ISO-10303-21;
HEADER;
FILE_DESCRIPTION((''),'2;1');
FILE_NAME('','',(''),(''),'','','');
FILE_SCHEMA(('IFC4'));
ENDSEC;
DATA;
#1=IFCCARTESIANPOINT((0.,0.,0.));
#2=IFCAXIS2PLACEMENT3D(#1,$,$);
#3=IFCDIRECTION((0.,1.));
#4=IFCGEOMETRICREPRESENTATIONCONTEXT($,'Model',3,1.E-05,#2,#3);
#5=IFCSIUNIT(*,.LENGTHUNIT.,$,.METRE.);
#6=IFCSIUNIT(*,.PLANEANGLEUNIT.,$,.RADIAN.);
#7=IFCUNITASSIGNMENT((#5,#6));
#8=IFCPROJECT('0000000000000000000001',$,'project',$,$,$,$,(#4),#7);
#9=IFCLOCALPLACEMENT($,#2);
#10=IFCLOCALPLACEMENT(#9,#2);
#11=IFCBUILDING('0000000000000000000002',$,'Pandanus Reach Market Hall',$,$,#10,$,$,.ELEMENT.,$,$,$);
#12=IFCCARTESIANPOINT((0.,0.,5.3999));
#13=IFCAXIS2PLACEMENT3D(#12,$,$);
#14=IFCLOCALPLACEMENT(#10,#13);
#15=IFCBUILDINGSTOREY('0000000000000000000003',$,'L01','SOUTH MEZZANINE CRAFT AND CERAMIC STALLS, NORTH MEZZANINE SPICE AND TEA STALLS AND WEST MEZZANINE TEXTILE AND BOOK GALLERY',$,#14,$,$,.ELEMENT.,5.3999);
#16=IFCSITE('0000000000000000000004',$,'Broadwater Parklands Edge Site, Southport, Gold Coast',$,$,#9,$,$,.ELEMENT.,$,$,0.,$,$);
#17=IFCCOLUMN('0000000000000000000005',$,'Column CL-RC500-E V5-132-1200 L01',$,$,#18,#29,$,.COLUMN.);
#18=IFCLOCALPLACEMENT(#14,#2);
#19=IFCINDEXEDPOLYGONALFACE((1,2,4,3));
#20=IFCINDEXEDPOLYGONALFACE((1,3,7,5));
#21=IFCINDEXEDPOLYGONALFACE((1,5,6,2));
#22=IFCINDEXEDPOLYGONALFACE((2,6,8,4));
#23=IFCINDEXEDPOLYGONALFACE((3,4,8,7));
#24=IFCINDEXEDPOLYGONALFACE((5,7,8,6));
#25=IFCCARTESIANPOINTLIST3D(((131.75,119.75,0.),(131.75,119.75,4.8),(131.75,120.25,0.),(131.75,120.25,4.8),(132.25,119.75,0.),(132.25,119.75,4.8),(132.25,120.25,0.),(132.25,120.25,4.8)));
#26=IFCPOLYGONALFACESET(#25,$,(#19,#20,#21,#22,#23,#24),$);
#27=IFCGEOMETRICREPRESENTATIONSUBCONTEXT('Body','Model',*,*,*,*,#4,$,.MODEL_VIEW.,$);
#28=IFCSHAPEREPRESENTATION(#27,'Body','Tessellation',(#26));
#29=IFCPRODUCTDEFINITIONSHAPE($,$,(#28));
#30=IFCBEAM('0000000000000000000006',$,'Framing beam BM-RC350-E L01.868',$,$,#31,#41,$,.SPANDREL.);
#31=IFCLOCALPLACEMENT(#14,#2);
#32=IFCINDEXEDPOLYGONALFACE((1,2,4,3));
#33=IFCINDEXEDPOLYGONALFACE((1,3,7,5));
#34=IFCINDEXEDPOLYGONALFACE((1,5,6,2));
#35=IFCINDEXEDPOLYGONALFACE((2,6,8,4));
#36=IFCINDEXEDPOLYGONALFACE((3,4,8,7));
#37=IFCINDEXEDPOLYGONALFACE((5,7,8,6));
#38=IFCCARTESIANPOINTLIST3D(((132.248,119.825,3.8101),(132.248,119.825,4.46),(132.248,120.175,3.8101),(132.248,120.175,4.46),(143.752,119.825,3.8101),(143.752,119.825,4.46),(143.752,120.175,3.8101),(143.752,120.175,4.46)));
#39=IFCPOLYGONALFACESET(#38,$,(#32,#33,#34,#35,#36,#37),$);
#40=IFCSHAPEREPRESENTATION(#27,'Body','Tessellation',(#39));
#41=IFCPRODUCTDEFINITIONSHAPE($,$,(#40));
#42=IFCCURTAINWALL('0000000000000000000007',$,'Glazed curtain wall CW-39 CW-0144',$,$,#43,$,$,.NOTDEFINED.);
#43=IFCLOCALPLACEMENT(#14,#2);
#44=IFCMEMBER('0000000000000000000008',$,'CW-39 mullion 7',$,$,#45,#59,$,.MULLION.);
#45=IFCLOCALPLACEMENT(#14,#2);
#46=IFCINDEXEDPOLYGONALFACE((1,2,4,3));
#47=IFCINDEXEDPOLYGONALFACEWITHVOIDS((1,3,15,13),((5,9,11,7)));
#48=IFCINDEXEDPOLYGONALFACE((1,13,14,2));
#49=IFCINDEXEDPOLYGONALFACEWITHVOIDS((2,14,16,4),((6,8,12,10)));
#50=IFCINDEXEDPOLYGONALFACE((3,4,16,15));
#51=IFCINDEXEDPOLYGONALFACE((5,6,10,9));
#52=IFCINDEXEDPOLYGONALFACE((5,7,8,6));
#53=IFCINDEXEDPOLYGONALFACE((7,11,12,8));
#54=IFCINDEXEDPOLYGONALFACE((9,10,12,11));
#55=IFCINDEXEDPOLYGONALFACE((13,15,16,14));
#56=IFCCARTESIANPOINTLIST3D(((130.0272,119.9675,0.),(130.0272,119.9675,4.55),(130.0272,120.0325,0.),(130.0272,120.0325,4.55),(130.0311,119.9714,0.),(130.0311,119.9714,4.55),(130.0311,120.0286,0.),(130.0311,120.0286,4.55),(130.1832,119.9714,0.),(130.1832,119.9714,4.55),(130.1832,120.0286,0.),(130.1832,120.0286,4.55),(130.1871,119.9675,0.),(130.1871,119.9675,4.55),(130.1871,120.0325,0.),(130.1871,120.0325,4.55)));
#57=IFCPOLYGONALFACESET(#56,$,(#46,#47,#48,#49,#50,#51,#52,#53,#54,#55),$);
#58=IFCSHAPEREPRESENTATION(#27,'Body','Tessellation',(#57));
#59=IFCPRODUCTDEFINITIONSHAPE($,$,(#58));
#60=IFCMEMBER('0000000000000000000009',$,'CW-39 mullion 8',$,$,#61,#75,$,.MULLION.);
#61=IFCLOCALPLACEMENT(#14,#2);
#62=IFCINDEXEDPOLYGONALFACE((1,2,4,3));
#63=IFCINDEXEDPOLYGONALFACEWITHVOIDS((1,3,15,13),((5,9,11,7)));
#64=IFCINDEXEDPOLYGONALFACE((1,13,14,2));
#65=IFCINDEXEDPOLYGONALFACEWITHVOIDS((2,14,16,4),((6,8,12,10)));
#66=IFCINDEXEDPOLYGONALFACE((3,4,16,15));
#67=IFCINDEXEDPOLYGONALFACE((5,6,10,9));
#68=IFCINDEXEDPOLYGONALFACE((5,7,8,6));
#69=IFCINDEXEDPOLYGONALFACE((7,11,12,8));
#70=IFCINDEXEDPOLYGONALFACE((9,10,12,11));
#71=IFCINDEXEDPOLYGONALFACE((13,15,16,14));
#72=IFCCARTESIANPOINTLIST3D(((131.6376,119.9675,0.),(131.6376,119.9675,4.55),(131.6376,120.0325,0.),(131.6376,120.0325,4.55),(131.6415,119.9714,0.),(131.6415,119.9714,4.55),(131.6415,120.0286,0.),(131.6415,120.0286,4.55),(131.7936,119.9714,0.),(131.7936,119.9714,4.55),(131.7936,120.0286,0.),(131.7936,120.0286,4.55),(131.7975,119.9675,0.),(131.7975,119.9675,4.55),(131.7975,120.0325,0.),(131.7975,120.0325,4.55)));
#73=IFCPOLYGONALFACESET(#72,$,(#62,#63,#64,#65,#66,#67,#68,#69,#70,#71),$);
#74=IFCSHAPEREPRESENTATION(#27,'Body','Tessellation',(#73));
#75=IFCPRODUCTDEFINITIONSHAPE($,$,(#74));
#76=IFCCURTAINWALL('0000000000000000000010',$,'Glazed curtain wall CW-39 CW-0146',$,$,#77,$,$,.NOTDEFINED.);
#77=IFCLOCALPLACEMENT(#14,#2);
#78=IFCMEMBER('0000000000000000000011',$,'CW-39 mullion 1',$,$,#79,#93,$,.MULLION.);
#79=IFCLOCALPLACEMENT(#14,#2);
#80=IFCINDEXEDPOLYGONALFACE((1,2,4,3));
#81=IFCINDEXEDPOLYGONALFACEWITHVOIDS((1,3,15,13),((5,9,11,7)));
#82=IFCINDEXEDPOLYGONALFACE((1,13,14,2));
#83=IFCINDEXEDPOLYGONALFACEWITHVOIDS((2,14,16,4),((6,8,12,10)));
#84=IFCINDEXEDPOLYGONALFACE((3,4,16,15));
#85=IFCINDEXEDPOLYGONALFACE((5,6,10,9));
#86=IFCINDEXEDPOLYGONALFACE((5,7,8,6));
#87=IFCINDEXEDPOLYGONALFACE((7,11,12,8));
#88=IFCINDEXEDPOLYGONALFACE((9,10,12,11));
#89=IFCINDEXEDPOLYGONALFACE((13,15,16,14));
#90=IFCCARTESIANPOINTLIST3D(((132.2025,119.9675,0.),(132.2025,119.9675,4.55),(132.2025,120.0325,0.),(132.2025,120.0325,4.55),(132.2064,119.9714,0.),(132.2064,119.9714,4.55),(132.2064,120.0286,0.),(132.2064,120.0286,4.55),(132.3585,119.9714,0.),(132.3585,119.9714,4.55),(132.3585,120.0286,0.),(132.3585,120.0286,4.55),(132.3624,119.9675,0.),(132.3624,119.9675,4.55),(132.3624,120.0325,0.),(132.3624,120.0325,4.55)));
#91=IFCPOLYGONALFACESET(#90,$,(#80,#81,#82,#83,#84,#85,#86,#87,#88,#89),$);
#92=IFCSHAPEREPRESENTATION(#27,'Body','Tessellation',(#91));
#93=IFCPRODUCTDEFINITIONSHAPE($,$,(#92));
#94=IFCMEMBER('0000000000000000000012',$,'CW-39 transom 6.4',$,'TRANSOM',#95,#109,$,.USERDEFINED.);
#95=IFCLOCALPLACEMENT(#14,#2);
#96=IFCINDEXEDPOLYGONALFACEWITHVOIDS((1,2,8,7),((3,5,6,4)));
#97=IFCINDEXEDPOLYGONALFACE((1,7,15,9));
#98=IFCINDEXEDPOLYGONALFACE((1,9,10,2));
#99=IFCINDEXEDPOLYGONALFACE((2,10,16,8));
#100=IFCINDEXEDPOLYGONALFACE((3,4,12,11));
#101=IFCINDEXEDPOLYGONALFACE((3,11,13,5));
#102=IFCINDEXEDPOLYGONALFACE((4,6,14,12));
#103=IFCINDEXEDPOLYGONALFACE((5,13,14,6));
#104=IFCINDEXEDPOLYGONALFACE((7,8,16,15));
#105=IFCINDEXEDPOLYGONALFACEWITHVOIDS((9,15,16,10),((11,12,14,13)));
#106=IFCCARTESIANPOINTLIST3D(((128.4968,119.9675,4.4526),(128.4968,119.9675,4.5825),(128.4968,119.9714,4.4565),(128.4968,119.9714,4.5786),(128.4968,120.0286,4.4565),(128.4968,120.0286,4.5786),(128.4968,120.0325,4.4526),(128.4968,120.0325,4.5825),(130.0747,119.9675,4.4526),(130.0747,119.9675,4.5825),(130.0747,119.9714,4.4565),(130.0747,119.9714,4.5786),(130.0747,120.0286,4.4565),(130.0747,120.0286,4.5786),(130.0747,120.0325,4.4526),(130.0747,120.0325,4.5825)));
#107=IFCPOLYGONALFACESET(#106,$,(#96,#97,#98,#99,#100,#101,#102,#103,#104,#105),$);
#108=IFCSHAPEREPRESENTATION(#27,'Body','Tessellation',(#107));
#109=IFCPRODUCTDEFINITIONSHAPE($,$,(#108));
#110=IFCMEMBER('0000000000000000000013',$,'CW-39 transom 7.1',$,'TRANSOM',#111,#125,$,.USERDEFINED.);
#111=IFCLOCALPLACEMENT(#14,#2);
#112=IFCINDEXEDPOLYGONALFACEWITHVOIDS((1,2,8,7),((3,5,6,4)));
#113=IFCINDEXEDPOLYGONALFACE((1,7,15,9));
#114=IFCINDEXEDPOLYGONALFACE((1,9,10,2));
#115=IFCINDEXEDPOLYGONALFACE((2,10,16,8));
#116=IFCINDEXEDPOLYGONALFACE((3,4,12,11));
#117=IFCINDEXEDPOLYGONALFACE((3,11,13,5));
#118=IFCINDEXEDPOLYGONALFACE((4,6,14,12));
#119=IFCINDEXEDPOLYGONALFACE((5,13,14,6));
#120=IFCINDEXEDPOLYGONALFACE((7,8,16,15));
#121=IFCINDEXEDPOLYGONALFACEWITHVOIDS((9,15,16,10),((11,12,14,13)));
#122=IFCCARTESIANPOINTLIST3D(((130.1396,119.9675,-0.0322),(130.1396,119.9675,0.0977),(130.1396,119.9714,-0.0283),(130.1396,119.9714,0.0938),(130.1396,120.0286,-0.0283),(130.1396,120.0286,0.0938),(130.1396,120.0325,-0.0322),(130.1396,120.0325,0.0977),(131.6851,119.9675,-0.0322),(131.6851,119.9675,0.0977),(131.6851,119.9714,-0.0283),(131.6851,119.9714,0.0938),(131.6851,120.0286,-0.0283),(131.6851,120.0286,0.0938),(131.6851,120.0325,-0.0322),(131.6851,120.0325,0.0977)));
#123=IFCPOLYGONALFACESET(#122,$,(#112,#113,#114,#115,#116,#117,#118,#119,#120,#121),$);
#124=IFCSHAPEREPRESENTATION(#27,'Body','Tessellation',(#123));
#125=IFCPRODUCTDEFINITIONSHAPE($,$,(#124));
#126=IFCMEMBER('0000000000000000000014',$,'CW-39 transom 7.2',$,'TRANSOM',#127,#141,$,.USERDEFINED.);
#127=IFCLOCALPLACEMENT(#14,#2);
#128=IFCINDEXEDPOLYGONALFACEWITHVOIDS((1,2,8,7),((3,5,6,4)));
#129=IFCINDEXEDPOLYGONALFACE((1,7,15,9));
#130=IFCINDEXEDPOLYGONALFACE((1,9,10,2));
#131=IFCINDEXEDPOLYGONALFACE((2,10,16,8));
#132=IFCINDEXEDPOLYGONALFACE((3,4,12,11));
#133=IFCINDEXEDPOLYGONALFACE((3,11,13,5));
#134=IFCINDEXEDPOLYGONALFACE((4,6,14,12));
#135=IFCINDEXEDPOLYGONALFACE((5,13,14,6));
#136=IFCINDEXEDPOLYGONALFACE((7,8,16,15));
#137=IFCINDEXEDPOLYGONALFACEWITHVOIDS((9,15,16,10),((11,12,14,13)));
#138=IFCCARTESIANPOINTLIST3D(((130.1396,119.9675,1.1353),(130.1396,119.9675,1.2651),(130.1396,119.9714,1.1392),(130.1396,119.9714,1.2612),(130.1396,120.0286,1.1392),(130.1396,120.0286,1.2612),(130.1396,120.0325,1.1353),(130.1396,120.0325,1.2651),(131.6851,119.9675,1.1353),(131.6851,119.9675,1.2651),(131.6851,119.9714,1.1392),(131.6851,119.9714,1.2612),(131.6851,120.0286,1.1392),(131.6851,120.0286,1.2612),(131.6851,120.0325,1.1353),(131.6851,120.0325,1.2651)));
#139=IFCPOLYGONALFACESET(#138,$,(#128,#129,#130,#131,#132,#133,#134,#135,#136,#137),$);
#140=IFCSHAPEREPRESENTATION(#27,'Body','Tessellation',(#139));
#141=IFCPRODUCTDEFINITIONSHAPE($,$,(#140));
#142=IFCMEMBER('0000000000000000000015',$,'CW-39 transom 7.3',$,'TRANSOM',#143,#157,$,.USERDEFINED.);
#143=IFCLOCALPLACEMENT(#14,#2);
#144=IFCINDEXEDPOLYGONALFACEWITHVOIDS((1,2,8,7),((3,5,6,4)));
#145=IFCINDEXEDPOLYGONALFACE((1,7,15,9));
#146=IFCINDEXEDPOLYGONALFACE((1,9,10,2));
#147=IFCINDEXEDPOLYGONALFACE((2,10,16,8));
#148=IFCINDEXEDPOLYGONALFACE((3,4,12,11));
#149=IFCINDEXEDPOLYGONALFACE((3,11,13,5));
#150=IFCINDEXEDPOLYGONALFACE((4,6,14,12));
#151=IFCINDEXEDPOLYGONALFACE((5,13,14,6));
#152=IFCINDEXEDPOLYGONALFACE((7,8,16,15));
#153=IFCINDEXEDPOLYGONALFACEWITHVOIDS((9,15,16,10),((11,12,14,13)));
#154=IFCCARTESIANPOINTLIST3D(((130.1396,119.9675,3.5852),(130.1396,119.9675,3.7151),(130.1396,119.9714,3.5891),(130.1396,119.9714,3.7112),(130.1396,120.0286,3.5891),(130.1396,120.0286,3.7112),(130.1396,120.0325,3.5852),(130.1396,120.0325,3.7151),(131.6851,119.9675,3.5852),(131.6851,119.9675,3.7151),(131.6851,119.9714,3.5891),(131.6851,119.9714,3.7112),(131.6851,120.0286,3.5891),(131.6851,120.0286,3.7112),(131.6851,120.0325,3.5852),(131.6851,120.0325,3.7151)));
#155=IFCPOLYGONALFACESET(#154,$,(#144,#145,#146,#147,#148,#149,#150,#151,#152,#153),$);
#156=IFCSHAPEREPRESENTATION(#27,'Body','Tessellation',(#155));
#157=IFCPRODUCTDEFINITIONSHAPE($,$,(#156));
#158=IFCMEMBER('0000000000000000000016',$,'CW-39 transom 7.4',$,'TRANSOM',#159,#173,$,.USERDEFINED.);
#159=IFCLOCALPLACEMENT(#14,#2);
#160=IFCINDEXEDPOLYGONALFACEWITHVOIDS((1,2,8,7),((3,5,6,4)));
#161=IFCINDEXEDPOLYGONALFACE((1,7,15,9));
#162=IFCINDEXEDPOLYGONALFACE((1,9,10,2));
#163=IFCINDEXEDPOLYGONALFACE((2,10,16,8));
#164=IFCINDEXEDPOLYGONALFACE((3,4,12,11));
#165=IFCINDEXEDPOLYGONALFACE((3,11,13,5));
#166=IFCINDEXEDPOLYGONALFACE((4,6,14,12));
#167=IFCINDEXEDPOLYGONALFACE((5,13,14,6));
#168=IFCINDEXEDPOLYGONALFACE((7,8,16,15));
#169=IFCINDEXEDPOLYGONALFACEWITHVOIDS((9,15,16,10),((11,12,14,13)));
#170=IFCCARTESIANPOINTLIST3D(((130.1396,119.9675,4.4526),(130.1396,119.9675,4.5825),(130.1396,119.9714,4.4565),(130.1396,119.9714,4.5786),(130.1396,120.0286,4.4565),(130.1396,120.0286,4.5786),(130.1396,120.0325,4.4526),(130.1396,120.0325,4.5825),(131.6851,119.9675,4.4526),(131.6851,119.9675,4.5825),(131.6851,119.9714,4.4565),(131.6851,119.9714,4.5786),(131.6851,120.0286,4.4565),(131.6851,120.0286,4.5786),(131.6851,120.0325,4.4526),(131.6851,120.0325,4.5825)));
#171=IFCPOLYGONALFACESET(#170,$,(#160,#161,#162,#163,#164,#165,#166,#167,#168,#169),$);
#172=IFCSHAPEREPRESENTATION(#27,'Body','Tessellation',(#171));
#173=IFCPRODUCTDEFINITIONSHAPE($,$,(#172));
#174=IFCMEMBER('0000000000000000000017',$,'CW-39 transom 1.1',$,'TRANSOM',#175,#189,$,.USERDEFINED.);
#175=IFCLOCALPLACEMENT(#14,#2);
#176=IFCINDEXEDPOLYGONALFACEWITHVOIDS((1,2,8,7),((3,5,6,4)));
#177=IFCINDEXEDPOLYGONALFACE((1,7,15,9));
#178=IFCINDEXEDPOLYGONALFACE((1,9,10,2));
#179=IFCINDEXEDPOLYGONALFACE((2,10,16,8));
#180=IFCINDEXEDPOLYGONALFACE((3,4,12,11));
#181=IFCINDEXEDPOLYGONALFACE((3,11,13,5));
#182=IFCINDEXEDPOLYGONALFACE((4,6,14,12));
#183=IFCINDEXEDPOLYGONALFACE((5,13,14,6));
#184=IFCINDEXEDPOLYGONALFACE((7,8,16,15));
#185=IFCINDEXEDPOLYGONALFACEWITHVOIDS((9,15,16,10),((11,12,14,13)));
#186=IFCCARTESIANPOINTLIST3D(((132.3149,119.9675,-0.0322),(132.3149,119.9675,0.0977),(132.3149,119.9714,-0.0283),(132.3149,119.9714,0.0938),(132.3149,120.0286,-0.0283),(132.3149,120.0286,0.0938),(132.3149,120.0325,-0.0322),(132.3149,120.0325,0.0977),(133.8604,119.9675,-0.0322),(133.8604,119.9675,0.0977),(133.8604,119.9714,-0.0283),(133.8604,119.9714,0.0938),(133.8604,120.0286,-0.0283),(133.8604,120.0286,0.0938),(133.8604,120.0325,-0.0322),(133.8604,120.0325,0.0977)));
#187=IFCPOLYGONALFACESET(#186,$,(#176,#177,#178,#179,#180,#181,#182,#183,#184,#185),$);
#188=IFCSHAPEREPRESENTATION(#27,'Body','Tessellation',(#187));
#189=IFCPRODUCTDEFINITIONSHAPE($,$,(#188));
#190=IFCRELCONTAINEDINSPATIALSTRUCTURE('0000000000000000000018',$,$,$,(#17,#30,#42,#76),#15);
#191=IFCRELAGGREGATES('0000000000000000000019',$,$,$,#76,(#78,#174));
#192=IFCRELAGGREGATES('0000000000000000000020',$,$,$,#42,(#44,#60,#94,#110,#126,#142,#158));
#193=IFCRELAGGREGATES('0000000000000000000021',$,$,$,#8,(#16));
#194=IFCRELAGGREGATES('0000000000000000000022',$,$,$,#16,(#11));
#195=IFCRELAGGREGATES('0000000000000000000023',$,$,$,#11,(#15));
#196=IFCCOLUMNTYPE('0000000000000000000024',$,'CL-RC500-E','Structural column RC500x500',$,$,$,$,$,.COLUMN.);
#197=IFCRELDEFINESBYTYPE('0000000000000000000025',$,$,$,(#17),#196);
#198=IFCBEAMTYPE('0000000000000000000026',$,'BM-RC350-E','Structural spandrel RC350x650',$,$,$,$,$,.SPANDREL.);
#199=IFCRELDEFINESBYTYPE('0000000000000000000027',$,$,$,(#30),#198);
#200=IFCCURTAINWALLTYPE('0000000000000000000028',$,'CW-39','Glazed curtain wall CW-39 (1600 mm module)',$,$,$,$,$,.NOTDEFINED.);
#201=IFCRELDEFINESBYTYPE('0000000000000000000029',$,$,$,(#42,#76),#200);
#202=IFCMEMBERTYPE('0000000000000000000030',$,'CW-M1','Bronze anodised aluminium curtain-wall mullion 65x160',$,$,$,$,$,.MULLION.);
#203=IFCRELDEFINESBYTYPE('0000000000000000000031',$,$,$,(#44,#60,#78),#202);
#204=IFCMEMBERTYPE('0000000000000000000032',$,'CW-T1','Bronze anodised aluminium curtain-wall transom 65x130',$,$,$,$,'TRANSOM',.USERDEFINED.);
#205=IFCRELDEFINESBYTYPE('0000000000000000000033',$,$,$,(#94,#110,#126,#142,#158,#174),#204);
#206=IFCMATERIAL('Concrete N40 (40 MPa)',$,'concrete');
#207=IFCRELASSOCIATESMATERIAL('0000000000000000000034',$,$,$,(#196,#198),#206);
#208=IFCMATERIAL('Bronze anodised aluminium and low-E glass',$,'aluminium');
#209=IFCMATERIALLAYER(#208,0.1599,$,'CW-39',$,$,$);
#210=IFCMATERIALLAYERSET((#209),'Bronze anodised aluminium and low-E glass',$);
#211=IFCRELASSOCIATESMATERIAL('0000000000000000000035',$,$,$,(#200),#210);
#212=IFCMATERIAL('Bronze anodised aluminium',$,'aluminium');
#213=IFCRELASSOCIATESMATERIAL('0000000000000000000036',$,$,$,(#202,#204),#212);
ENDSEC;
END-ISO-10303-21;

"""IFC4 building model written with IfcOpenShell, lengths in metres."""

from ifc_helpers import new_model, si_unit, direction, frame, origin, origin_2d, place, context, subcontext, project, spatial, rectangle, hollow_rectangle, extrude, material, layer, layer_set, material_profile, profile_set, type_object, element, aggregate, save


model = new_model("IFC4")

# Units and contexts
model_context = context("Model", 3, precision=1e-05, world=origin(), true_north=direction((0.0, 1.0)))
body_context = subcontext(model_context, "Body", "Model", "MODEL_VIEW")
ifc_project = project(units=[si_unit("LENGTHUNIT", "METRE"), si_unit("PLANEANGLEUNIT", "RADIAN")], contexts=[model_context])

# Site, building, storey
site_placement = place(None, origin())
site = spatial("IfcSite", under=ifc_project, at=site_placement, Name="Broadwater Parklands Edge Site, Southport, Gold Coast", CompositionType="ELEMENT", RefElevation=0.0)
building_placement = place(site_placement, origin())
building = spatial("IfcBuilding", under=site, at=building_placement, Name="Pandanus Reach Market Hall", CompositionType="ELEMENT")
storey_placement = place(building_placement, frame((0.0, 0.0, 5.3999)))
storey = spatial("IfcBuildingStorey", under=building, at=storey_placement, Name="L01", Description="SOUTH MEZZANINE CRAFT AND CERAMIC STALLS, NORTH MEZZANINE SPICE AND TEA STALLS AND WEST MEZZANINE TEXTILE AND BOOK GALLERY", CompositionType="ELEMENT", Elevation=5.3999)

# Column
ifc_material_1 = material(Name="Concrete N40 (40 MPa)", Category="concrete")
ifc_material_profile_1 = material_profile(ifc_material_1, rectangle(XDim=0.5, YDim=0.5, at=origin_2d()), Name="RC500x500", Category="LoadBearing")
ifc_profile_set_1 = profile_set([ifc_material_profile_1], Name="Concrete N40 (40 MPa)")
column_type = type_object("IfcColumnType", Name="CL-RC500-E", Description="Structural column RC500x500", PredefinedType="COLUMN", material=ifc_profile_set_1)
column_placement = place(storey_placement, frame((132.0, 120.0, 0.0), z_axis=(0.0, 0.0, 1.0), x_axis=(1.0, 0.0, 0.0)))
element("IfcColumn", 1, at=column_placement, inside=storey, type_object=column_type, Name="Column CL-RC500-E V5-132-1200 L01", PredefinedType="COLUMN", context=body_context, shape_type="SweptSolid", body=[
    extrude(rectangle(XDim=0.5, YDim=0.5, at=origin_2d()), origin(), (0.0, 0.0, 1.0), 4.8),
])

# Beam
ifc_material_profile_2 = material_profile(ifc_material_1, rectangle(XDim=0.3501, YDim=0.6499, at=origin_2d()), Name="RC350x650", Category="LoadBearing")
ifc_profile_set_2 = profile_set([ifc_material_profile_2], Name="Concrete N40 (40 MPa)")
beam_type = type_object("IfcBeamType", Name="BM-RC350-E", Description="Structural spandrel RC350x650", PredefinedType="SPANDREL", material=ifc_profile_set_2)
beam_placement = place(storey_placement, frame((132.248, 120.0, 4.135), z_axis=(1.0, 0.0, 0.0), x_axis=(0.0, 1.0, 0.0)))
element("IfcBeam", 2, at=beam_placement, inside=storey, type_object=beam_type, Name="Framing beam BM-RC350-E L01.868", PredefinedType="SPANDREL", context=body_context, shape_type="SweptSolid", body=[
    extrude(rectangle(XDim=0.3501, YDim=0.6499, at=origin_2d()), origin(), (0.0, 0.0, 1.0), 11.5039),
])

# Curtain wall, members
ifc_material_2 = material(Name="Bronze anodised aluminium and low-E glass", Category="aluminium")
ifc_layer_1 = layer(ifc_material_2, 0.1599, Name="CW-39")
ifc_layer_set_1 = layer_set([ifc_layer_1], Name="Bronze anodised aluminium and low-E glass")
curtain_wall_type = type_object("IfcCurtainWallType", Name="CW-39", Description="Glazed curtain wall CW-39 (1600 mm module)", PredefinedType="NOTDEFINED", material=ifc_layer_set_1)
curtain_wall_1_placement = place(storey_placement, origin())
curtain_wall_1 = element("IfcCurtainWall", 3, at=curtain_wall_1_placement, inside=storey, type_object=curtain_wall_type, Name="Glazed curtain wall CW-39 CW-0144", PredefinedType="NOTDEFINED")
ifc_material_3 = material(Name="Bronze anodised aluminium", Category="aluminium")
ifc_material_profile_3 = material_profile(ifc_material_3, hollow_rectangle(XDim=0.0649, YDim=0.1599, WallThickness=0.0039, at=origin_2d()), Name="ALU65x160", Category="LoadBearing")
ifc_profile_set_3 = profile_set([ifc_material_profile_3], Name="Bronze anodised aluminium")
member_type_1 = type_object("IfcMemberType", Name="CW-M1", Description="Bronze anodised aluminium curtain-wall mullion 65x160", PredefinedType="MULLION", material=ifc_profile_set_3)
member_1_placement = place(storey_placement, frame((130.1072, 120.0, 0.0), z_axis=(0.0, 0.0, 1.0), x_axis=(0.0, 1.0, 0.0)))
member_1 = element("IfcMember", 4, at=member_1_placement, type_object=member_type_1, Name="CW-39 mullion 7", PredefinedType="MULLION", context=body_context, shape_type="SweptSolid", body=[
    extrude(hollow_rectangle(XDim=0.0649, YDim=0.1599, WallThickness=0.0039, at=origin_2d()), origin(), (0.0, 0.0, 1.0), 4.55),
])
member_2_placement = place(storey_placement, frame((131.7175, 120.0, 0.0), z_axis=(0.0, 0.0, 1.0), x_axis=(0.0, 1.0, 0.0)))
member_2 = element("IfcMember", 5, at=member_2_placement, type_object=member_type_1, Name="CW-39 mullion 8", PredefinedType="MULLION", context=body_context, shape_type="SweptSolid", body=[
    extrude(hollow_rectangle(XDim=0.0649, YDim=0.1599, WallThickness=0.0039, at=origin_2d()), origin(), (0.0, 0.0, 1.0), 4.55),
])

# Curtain wall, member
curtain_wall_2_placement = place(storey_placement, origin())
curtain_wall_2 = element("IfcCurtainWall", 6, at=curtain_wall_2_placement, inside=storey, type_object=curtain_wall_type, Name="Glazed curtain wall CW-39 CW-0146", PredefinedType="NOTDEFINED")
member_3_placement = place(storey_placement, frame((132.2825, 120.0, 0.0), z_axis=(0.0, 0.0, 1.0), x_axis=(0.0, 1.0, 0.0)))
member_3 = element("IfcMember", 7, at=member_3_placement, type_object=member_type_1, Name="CW-39 mullion 1", PredefinedType="MULLION", context=body_context, shape_type="SweptSolid", body=[
    extrude(hollow_rectangle(XDim=0.0649, YDim=0.1599, WallThickness=0.0039, at=origin_2d()), origin(), (0.0, 0.0, 1.0), 4.55),
])

# Members
ifc_material_profile_4 = material_profile(ifc_material_3, hollow_rectangle(XDim=0.0649, YDim=0.1299, WallThickness=0.0039, at=origin_2d()), Name="ALU65x130", Category="LoadBearing")
ifc_profile_set_4 = profile_set([ifc_material_profile_4], Name="Bronze anodised aluminium")
member_type_2 = type_object("IfcMemberType", Name="CW-T1", Description="Bronze anodised aluminium curtain-wall transom 65x130", ElementType="TRANSOM", PredefinedType="USERDEFINED", material=ifc_profile_set_4)
member_4_placement = place(storey_placement, frame((128.4968, 120.0, 4.5176), z_axis=(1.0, 0.0, 0.0), x_axis=(0.0, 1.0, 0.0)))
member_4 = element("IfcMember", 8, at=member_4_placement, type_object=member_type_2, Name="CW-39 transom 6.4", ObjectType="TRANSOM", PredefinedType="USERDEFINED", context=body_context, shape_type="SweptSolid", body=[
    extrude(hollow_rectangle(XDim=0.0649, YDim=0.1299, WallThickness=0.0039, at=origin_2d()), origin(), (0.0, 0.0, 1.0), 1.5779),
])
member_5_placement = place(storey_placement, frame((130.1396, 120.0, 0.0327), z_axis=(1.0, 0.0, 0.0), x_axis=(0.0, 1.0, 0.0)))
member_5 = element("IfcMember", 9, at=member_5_placement, type_object=member_type_2, Name="CW-39 transom 7.1", ObjectType="TRANSOM", PredefinedType="USERDEFINED", context=body_context, shape_type="SweptSolid", body=[
    extrude(hollow_rectangle(XDim=0.0649, YDim=0.1299, WallThickness=0.0039, at=origin_2d()), origin(), (0.0, 0.0, 1.0), 1.5454),
])
member_6_placement = place(storey_placement, frame((130.1396, 120.0, 1.2002), z_axis=(1.0, 0.0, 0.0), x_axis=(0.0, 1.0, 0.0)))
member_6 = element("IfcMember", 10, at=member_6_placement, type_object=member_type_2, Name="CW-39 transom 7.2", ObjectType="TRANSOM", PredefinedType="USERDEFINED", context=body_context, shape_type="SweptSolid", body=[
    extrude(hollow_rectangle(XDim=0.0649, YDim=0.1299, WallThickness=0.0039, at=origin_2d()), origin(), (0.0, 0.0, 1.0), 1.5454),
])
member_7_placement = place(storey_placement, frame((130.1396, 120.0, 3.6501), z_axis=(1.0, 0.0, 0.0), x_axis=(0.0, 1.0, 0.0)))
member_7 = element("IfcMember", 11, at=member_7_placement, type_object=member_type_2, Name="CW-39 transom 7.3", ObjectType="TRANSOM", PredefinedType="USERDEFINED", context=body_context, shape_type="SweptSolid", body=[
    extrude(hollow_rectangle(XDim=0.0649, YDim=0.1299, WallThickness=0.0039, at=origin_2d()), origin(), (0.0, 0.0, 1.0), 1.5454),
])
member_8_placement = place(storey_placement, frame((130.1396, 120.0, 4.5176), z_axis=(1.0, 0.0, 0.0), x_axis=(0.0, 1.0, 0.0)))
member_8 = element("IfcMember", 12, at=member_8_placement, type_object=member_type_2, Name="CW-39 transom 7.4", ObjectType="TRANSOM", PredefinedType="USERDEFINED", context=body_context, shape_type="SweptSolid", body=[
    extrude(hollow_rectangle(XDim=0.0649, YDim=0.1299, WallThickness=0.0039, at=origin_2d()), origin(), (0.0, 0.0, 1.0), 1.5454),
])
member_9_placement = place(storey_placement, frame((132.3149, 120.0, 0.0327), z_axis=(1.0, 0.0, 0.0), x_axis=(0.0, 1.0, 0.0)))
member_9 = element("IfcMember", 13, at=member_9_placement, type_object=member_type_2, Name="CW-39 transom 1.1", ObjectType="TRANSOM", PredefinedType="USERDEFINED", context=body_context, shape_type="SweptSolid", body=[
    extrude(hollow_rectangle(XDim=0.0649, YDim=0.1299, WallThickness=0.0039, at=origin_2d()), origin(), (0.0, 0.0, 1.0), 1.5454),
])
aggregate(curtain_wall_2, [member_3, member_9])

aggregate(curtain_wall_1, [member_1, member_2, member_4, member_5, member_6, member_7, member_8])

save(model, "model.ifc")
